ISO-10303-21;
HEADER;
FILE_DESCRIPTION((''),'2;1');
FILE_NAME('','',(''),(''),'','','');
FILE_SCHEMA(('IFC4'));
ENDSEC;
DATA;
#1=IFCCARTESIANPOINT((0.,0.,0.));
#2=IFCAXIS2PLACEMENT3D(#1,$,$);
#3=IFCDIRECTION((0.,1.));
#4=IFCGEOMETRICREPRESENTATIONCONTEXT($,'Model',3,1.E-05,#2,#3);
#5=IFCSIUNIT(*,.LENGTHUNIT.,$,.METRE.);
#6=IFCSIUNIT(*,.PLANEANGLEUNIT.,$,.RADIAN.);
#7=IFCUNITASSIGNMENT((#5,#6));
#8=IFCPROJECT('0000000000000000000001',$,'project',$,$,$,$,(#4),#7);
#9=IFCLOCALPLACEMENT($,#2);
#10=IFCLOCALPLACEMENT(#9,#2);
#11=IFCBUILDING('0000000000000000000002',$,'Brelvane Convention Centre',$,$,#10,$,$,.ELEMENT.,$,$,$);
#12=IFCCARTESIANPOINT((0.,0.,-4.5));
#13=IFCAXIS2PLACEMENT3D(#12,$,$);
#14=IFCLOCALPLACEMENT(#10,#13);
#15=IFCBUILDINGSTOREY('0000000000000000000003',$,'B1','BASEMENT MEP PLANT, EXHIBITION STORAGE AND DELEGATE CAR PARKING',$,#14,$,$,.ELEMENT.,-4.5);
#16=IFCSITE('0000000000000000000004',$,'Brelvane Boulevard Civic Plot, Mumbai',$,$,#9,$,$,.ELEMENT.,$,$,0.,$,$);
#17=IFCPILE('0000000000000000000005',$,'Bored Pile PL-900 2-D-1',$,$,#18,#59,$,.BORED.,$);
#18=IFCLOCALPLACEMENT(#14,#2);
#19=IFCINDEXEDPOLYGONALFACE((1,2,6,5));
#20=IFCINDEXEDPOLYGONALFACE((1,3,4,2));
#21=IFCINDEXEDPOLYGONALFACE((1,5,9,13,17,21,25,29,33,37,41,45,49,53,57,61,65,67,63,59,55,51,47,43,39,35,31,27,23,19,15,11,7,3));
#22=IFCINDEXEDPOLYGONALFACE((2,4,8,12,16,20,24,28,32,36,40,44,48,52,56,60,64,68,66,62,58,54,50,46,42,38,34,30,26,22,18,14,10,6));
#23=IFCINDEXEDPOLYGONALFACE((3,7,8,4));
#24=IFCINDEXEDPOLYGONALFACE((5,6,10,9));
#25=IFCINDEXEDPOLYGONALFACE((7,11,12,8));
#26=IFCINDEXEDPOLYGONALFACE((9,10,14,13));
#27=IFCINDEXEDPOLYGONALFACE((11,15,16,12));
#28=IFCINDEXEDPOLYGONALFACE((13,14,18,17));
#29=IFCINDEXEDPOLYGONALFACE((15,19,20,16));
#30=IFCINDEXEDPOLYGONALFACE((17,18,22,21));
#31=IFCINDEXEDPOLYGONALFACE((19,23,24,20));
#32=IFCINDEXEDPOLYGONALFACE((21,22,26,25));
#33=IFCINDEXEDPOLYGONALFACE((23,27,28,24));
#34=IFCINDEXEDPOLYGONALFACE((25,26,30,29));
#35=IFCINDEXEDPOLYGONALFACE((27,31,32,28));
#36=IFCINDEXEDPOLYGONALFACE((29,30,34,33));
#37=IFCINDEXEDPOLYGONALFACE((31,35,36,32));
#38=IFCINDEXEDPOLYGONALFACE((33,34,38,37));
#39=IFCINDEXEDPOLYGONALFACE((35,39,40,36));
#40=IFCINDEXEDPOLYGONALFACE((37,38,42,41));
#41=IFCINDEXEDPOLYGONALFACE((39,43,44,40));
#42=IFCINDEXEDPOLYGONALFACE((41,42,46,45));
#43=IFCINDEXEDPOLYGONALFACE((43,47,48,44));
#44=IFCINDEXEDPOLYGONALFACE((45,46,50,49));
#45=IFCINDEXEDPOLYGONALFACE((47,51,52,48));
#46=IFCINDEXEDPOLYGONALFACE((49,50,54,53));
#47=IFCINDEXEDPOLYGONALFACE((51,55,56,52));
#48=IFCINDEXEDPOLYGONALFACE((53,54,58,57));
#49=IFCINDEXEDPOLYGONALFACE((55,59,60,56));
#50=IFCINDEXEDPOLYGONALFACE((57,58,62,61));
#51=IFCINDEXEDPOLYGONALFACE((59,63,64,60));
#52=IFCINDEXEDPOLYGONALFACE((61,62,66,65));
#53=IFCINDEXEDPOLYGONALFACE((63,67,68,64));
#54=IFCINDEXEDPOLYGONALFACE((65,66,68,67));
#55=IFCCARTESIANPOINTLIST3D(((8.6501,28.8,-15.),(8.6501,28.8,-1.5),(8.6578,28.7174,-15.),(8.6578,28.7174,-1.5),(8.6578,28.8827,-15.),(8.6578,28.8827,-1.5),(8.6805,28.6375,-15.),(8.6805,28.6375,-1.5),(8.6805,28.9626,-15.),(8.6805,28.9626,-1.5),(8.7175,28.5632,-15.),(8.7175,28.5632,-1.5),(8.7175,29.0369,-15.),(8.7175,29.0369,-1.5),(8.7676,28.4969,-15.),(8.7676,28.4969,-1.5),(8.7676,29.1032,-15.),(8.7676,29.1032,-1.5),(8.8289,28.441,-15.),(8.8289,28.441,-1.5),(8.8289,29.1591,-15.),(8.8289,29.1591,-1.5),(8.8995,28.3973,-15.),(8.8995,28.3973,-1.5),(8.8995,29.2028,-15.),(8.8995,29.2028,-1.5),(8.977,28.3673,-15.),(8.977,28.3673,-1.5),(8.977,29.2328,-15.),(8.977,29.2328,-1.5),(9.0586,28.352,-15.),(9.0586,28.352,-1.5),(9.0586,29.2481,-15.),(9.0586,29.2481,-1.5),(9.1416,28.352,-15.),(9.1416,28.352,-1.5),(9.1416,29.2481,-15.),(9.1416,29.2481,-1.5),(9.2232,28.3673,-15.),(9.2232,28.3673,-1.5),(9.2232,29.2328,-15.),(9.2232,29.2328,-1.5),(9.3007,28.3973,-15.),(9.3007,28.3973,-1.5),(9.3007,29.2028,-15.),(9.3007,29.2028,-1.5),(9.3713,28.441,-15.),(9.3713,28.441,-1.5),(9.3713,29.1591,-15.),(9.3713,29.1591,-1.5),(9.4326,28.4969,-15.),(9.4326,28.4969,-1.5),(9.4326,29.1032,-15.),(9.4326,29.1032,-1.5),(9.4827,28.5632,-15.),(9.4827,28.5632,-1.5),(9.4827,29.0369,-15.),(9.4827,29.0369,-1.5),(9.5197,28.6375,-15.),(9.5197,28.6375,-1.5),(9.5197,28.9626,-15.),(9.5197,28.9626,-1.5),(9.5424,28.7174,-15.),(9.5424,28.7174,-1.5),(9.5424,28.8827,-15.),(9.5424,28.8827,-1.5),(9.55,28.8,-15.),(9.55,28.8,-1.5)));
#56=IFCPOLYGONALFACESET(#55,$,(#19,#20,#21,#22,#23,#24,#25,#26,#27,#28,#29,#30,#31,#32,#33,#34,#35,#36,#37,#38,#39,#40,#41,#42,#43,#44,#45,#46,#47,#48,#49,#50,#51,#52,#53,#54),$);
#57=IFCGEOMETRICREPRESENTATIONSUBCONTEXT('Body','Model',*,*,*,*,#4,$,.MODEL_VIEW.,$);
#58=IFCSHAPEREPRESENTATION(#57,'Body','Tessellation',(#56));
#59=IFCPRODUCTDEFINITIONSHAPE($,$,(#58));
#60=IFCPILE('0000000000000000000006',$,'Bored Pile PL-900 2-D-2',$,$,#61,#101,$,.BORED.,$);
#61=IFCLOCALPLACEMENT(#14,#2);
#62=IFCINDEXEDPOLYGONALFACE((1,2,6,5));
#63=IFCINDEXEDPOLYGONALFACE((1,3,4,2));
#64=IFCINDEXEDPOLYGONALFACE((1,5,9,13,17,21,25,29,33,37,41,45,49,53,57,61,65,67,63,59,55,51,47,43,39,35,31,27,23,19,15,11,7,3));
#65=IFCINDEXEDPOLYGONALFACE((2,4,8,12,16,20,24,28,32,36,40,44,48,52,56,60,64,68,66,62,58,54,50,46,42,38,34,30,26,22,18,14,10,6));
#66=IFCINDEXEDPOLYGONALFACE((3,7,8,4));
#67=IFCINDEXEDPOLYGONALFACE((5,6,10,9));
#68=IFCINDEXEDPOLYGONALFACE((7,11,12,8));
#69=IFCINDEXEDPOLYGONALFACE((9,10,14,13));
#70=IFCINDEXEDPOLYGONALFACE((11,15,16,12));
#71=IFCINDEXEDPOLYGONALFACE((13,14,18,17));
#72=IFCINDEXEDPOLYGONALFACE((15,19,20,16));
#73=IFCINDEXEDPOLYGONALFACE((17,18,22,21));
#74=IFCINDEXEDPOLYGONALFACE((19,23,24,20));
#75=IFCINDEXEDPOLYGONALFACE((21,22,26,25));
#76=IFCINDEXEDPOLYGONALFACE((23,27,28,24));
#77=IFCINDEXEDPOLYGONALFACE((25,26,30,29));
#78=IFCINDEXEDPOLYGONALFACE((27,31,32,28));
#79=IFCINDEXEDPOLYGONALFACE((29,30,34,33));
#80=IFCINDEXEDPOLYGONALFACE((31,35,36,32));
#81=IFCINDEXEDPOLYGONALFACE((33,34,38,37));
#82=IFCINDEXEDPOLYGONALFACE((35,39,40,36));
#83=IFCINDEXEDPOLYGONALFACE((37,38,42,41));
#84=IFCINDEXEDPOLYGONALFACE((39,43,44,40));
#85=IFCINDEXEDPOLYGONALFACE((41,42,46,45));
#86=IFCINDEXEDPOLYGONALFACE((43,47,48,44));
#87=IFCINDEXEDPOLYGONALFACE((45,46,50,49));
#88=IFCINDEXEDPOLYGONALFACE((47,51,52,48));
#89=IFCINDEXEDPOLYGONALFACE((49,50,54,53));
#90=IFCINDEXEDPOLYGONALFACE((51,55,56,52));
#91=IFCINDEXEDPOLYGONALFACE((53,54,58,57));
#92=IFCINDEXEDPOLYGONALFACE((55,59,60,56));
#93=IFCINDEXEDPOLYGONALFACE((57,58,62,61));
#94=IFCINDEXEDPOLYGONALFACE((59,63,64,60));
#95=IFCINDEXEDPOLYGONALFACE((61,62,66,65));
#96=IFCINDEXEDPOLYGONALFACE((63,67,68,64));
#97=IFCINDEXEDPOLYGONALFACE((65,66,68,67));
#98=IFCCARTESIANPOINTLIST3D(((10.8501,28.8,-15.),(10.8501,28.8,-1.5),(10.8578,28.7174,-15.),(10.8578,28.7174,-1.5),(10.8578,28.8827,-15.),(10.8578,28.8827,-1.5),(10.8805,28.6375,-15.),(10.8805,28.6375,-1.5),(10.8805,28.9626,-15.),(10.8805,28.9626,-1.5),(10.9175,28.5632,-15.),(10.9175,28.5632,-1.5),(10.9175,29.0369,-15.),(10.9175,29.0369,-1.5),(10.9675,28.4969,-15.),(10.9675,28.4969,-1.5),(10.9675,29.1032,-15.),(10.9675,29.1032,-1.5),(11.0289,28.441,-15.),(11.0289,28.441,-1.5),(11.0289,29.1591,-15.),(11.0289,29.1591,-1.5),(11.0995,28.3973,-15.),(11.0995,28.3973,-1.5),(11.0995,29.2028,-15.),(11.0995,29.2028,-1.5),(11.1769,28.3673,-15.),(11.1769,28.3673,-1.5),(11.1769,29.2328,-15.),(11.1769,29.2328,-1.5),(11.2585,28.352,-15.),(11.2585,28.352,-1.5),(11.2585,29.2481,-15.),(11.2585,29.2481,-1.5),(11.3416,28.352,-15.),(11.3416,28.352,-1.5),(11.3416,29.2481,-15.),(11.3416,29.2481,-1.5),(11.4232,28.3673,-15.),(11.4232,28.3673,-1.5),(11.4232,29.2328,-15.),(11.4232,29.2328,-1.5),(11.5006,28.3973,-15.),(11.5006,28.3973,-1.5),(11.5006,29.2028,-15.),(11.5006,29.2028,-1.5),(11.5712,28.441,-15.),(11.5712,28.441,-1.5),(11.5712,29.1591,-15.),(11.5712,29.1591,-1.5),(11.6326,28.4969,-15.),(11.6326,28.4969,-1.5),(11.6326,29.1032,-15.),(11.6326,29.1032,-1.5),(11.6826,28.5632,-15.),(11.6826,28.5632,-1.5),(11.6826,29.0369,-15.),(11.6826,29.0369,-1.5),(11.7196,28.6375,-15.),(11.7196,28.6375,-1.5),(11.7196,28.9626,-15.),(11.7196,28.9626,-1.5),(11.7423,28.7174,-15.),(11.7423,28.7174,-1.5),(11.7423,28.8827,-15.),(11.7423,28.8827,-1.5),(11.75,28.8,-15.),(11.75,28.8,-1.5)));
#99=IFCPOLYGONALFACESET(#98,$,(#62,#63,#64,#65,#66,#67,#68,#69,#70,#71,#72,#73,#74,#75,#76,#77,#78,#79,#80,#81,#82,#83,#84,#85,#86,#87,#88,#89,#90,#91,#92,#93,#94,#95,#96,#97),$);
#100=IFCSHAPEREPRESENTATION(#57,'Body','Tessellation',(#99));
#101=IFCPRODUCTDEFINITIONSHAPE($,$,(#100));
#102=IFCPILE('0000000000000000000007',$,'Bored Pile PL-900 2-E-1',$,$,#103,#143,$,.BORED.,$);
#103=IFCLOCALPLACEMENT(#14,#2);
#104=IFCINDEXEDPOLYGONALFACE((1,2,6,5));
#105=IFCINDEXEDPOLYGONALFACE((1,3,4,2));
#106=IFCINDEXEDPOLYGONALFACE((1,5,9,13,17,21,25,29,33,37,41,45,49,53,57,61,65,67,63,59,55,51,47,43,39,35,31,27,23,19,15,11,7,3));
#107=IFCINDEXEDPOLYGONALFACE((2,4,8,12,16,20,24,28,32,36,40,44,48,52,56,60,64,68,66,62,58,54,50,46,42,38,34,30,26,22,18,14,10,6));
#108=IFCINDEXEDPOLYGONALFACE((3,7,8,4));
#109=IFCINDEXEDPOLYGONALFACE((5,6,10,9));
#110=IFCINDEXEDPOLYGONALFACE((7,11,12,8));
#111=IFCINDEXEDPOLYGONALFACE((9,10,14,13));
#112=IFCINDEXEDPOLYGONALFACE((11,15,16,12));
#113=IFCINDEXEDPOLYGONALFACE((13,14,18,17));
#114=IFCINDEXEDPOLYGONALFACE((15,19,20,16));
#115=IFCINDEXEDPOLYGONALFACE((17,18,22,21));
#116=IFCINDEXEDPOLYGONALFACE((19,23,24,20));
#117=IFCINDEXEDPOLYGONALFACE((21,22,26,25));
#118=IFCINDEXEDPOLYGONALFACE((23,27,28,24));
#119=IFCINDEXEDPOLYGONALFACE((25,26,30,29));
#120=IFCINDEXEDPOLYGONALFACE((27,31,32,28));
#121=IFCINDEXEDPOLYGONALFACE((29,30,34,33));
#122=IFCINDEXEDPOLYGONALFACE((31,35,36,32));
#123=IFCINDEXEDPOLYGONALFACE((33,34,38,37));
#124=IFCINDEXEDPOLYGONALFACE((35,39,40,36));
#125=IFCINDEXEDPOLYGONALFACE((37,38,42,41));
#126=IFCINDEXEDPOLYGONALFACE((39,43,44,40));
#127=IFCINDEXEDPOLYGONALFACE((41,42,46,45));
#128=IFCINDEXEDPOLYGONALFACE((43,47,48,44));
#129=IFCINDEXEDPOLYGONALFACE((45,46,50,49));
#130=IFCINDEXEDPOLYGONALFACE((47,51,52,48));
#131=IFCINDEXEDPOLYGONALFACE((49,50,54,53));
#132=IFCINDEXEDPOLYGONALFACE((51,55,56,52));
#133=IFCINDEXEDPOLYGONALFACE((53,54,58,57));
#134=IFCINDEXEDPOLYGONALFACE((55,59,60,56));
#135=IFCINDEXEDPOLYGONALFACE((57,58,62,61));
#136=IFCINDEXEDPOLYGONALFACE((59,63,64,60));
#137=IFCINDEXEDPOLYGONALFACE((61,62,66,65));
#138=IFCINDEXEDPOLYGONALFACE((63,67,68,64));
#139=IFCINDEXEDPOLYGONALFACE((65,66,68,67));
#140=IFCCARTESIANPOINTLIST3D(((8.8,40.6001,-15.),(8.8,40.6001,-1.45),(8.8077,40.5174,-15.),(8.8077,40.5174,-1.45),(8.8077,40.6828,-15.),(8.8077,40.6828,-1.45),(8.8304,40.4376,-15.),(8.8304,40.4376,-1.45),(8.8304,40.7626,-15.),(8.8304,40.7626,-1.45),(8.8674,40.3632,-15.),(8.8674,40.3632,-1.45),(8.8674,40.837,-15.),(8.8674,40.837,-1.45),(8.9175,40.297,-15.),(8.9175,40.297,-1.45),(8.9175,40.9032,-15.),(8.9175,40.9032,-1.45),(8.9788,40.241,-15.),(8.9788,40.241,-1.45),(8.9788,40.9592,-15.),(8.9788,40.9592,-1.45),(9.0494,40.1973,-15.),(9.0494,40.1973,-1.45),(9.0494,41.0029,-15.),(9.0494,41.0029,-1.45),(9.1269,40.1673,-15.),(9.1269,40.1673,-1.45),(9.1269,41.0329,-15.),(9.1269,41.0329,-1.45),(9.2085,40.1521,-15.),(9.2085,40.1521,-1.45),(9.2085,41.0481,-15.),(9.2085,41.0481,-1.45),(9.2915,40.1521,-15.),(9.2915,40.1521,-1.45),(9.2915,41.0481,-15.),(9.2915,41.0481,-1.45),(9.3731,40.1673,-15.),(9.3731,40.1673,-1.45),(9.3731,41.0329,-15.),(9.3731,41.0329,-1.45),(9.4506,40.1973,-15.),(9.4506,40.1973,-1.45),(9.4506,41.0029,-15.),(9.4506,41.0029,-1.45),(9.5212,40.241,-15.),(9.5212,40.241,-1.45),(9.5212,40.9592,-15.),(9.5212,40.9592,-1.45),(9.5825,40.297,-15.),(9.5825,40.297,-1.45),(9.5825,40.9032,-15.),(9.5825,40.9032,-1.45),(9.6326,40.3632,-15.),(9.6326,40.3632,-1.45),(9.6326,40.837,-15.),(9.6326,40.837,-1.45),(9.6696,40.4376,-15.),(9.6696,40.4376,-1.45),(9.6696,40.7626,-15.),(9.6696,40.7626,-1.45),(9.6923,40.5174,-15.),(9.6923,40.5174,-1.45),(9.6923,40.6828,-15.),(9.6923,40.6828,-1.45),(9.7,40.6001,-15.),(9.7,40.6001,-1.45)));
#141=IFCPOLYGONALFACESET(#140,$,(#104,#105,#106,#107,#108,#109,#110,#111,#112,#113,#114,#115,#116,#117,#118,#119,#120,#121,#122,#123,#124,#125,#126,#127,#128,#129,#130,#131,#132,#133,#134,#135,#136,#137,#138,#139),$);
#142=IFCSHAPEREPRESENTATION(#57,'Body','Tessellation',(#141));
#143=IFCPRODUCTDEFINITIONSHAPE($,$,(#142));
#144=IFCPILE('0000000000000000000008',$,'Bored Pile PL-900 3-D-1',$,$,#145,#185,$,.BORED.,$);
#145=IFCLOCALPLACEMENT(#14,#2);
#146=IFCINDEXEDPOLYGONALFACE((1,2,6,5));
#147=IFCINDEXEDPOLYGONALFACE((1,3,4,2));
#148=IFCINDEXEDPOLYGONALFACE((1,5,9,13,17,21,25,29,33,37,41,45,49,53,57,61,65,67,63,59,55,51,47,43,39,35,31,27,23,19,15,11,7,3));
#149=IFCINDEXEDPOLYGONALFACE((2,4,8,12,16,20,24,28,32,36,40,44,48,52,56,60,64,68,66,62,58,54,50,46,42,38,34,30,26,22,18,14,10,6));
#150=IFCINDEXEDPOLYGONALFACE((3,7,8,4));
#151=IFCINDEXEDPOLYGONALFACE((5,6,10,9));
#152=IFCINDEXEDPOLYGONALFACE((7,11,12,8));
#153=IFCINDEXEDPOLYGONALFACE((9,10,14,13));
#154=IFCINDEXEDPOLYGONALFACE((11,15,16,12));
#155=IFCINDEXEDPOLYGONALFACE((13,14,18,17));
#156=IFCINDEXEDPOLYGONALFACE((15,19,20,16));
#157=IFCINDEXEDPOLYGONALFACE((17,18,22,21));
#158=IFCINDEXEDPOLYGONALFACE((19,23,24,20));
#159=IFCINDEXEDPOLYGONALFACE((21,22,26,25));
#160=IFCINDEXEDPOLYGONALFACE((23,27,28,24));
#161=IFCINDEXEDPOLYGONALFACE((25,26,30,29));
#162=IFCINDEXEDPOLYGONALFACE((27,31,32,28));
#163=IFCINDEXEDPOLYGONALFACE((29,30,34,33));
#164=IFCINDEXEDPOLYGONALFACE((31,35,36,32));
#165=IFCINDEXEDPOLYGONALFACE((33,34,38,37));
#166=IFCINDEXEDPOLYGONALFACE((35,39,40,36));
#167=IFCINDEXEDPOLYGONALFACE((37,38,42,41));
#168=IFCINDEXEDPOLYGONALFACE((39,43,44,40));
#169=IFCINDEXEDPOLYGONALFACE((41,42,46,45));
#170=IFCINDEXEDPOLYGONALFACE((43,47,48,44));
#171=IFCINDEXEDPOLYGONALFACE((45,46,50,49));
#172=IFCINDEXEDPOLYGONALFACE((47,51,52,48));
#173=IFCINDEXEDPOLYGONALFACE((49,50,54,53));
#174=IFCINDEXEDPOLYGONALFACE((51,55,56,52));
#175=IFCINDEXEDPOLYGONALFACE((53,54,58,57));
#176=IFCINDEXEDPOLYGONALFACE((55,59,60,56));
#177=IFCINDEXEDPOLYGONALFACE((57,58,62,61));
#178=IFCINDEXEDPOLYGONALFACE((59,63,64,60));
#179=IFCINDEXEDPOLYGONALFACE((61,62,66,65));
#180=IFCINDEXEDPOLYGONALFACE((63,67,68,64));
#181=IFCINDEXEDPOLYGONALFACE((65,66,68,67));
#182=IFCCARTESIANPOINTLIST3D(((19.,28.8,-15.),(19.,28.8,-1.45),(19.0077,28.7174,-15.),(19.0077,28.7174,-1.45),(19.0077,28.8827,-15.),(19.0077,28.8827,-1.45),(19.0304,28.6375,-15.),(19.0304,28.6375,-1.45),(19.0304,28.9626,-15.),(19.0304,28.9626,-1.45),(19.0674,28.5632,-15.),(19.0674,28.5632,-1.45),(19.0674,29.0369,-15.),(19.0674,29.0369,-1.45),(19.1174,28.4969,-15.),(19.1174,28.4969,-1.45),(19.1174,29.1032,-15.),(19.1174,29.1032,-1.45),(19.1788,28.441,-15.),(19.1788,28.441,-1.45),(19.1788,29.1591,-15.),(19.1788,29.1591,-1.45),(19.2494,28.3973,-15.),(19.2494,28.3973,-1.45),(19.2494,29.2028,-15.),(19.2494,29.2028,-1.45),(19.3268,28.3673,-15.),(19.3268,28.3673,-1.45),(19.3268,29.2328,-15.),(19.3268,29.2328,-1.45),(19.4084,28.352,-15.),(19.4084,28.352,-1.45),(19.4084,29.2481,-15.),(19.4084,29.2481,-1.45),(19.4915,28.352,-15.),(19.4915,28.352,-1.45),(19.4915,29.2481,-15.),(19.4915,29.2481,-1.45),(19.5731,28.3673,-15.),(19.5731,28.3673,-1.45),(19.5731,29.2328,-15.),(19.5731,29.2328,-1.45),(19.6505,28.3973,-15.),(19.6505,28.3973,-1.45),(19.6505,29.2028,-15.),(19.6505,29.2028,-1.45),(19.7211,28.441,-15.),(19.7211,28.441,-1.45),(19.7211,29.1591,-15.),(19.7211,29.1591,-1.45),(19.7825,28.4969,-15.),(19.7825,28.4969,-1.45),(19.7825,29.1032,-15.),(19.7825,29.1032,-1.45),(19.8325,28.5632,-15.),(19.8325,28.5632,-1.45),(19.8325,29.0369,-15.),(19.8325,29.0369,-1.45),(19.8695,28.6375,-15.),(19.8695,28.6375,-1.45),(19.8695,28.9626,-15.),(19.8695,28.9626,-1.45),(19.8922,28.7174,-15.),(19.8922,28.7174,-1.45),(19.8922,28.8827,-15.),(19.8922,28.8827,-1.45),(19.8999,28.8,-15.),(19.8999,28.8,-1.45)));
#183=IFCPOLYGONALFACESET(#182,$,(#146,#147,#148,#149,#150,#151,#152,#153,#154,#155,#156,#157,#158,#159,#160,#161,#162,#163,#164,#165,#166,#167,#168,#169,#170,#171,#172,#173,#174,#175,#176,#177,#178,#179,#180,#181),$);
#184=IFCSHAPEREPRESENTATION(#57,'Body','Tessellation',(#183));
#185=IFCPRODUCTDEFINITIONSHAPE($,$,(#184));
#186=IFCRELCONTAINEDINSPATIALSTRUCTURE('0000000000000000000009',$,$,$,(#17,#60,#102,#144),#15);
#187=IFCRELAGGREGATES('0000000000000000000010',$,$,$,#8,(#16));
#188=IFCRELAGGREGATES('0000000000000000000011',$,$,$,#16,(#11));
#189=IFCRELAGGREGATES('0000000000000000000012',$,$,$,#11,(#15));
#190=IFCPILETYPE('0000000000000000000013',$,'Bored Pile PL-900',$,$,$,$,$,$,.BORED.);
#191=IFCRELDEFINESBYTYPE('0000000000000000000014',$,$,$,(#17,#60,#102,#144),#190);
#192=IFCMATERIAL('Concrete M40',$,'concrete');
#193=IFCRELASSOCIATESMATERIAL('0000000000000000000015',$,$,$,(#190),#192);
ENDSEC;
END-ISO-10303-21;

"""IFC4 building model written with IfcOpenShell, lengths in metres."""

from ifc_helpers import new_model, si_unit, direction, frame, origin, origin_2d, place, context, subcontext, project, spatial, circle, extrude, material, material_profile, profile_set, type_object, element, save


model = new_model("IFC4")

# Units and contexts
model_context = context("Model", 3, precision=1e-05, world=origin(), true_north=direction((0.0, 1.0)))
body_context = subcontext(model_context, "Body", "Model", "MODEL_VIEW")
ifc_project = project(units=[si_unit("LENGTHUNIT", "METRE"), si_unit("PLANEANGLEUNIT", "RADIAN")], contexts=[model_context])

# Site, building, storey
site_placement = place(None, origin())
site = spatial("IfcSite", under=ifc_project, at=site_placement, Name="Brelvane Boulevard Civic Plot, Mumbai", CompositionType="ELEMENT", RefElevation=0.0)
building_placement = place(site_placement, origin())
building = spatial("IfcBuilding", under=site, at=building_placement, Name="Brelvane Convention Centre", CompositionType="ELEMENT")
storey_placement = place(building_placement, frame((0.0, 0.0, -4.5)))
storey = spatial("IfcBuildingStorey", under=building, at=storey_placement, Name="B1", Description="BASEMENT MEP PLANT, EXHIBITION STORAGE AND DELEGATE CAR PARKING", CompositionType="ELEMENT", Elevation=-4.5)

# Piles
ifc_material_1 = material(Name="Concrete M40", Category="concrete")
ifc_material_profile_1 = material_profile(ifc_material_1, circle(Radius=0.45, at=origin_2d()), Name="PILE D900")
ifc_profile_set_1 = profile_set([ifc_material_profile_1], Name="Concrete M40")
pile_type_1 = type_object("IfcPileType", Name="Bored Pile PL-900", PredefinedType="BORED", material=ifc_profile_set_1)
for number, where, z_axis, x_axis, name in (
    (1, (9.1001, 28.8, -1.5), (0.0, 0.0, -1.0), (1.0, 0.0, 0.0), "Bored Pile PL-900 2-D-1"),
    (2, (11.3, 28.8, -1.5), (0.0, 0.0, -1.0), (1.0, 0.0, 0.0), "Bored Pile PL-900 2-D-2"),
):
    element("IfcPile", number, at=place(storey_placement, frame(where, z_axis=z_axis, x_axis=x_axis)), inside=storey, type_object=pile_type_1, Name=name, PredefinedType="BORED", context=body_context, shape_type="SweptSolid", body=[
        extrude(circle(Radius=0.45, at=origin_2d()), origin(), (0.0, 0.0, 1.0), 13.5),
    ])
for number, where, z_axis, x_axis, name in (
    (3, (9.25, 40.6001, -1.45), (0.0, 0.0, -1.0), (1.0, 0.0, 0.0), "Bored Pile PL-900 2-E-1"),
    (4, (19.45, 28.8, -1.45), (0.0, 0.0, -1.0), (1.0, 0.0, 0.0), "Bored Pile PL-900 3-D-1"),
):
    element("IfcPile", number, at=place(storey_placement, frame(where, z_axis=z_axis, x_axis=x_axis)), inside=storey, type_object=pile_type_1, Name=name, PredefinedType="BORED", context=body_context, shape_type="SweptSolid", body=[
        extrude(circle(Radius=0.45, at=origin_2d()), origin(), (0.0, 0.0, 1.0), 13.55),
    ])

save(model, "model.ifc")
